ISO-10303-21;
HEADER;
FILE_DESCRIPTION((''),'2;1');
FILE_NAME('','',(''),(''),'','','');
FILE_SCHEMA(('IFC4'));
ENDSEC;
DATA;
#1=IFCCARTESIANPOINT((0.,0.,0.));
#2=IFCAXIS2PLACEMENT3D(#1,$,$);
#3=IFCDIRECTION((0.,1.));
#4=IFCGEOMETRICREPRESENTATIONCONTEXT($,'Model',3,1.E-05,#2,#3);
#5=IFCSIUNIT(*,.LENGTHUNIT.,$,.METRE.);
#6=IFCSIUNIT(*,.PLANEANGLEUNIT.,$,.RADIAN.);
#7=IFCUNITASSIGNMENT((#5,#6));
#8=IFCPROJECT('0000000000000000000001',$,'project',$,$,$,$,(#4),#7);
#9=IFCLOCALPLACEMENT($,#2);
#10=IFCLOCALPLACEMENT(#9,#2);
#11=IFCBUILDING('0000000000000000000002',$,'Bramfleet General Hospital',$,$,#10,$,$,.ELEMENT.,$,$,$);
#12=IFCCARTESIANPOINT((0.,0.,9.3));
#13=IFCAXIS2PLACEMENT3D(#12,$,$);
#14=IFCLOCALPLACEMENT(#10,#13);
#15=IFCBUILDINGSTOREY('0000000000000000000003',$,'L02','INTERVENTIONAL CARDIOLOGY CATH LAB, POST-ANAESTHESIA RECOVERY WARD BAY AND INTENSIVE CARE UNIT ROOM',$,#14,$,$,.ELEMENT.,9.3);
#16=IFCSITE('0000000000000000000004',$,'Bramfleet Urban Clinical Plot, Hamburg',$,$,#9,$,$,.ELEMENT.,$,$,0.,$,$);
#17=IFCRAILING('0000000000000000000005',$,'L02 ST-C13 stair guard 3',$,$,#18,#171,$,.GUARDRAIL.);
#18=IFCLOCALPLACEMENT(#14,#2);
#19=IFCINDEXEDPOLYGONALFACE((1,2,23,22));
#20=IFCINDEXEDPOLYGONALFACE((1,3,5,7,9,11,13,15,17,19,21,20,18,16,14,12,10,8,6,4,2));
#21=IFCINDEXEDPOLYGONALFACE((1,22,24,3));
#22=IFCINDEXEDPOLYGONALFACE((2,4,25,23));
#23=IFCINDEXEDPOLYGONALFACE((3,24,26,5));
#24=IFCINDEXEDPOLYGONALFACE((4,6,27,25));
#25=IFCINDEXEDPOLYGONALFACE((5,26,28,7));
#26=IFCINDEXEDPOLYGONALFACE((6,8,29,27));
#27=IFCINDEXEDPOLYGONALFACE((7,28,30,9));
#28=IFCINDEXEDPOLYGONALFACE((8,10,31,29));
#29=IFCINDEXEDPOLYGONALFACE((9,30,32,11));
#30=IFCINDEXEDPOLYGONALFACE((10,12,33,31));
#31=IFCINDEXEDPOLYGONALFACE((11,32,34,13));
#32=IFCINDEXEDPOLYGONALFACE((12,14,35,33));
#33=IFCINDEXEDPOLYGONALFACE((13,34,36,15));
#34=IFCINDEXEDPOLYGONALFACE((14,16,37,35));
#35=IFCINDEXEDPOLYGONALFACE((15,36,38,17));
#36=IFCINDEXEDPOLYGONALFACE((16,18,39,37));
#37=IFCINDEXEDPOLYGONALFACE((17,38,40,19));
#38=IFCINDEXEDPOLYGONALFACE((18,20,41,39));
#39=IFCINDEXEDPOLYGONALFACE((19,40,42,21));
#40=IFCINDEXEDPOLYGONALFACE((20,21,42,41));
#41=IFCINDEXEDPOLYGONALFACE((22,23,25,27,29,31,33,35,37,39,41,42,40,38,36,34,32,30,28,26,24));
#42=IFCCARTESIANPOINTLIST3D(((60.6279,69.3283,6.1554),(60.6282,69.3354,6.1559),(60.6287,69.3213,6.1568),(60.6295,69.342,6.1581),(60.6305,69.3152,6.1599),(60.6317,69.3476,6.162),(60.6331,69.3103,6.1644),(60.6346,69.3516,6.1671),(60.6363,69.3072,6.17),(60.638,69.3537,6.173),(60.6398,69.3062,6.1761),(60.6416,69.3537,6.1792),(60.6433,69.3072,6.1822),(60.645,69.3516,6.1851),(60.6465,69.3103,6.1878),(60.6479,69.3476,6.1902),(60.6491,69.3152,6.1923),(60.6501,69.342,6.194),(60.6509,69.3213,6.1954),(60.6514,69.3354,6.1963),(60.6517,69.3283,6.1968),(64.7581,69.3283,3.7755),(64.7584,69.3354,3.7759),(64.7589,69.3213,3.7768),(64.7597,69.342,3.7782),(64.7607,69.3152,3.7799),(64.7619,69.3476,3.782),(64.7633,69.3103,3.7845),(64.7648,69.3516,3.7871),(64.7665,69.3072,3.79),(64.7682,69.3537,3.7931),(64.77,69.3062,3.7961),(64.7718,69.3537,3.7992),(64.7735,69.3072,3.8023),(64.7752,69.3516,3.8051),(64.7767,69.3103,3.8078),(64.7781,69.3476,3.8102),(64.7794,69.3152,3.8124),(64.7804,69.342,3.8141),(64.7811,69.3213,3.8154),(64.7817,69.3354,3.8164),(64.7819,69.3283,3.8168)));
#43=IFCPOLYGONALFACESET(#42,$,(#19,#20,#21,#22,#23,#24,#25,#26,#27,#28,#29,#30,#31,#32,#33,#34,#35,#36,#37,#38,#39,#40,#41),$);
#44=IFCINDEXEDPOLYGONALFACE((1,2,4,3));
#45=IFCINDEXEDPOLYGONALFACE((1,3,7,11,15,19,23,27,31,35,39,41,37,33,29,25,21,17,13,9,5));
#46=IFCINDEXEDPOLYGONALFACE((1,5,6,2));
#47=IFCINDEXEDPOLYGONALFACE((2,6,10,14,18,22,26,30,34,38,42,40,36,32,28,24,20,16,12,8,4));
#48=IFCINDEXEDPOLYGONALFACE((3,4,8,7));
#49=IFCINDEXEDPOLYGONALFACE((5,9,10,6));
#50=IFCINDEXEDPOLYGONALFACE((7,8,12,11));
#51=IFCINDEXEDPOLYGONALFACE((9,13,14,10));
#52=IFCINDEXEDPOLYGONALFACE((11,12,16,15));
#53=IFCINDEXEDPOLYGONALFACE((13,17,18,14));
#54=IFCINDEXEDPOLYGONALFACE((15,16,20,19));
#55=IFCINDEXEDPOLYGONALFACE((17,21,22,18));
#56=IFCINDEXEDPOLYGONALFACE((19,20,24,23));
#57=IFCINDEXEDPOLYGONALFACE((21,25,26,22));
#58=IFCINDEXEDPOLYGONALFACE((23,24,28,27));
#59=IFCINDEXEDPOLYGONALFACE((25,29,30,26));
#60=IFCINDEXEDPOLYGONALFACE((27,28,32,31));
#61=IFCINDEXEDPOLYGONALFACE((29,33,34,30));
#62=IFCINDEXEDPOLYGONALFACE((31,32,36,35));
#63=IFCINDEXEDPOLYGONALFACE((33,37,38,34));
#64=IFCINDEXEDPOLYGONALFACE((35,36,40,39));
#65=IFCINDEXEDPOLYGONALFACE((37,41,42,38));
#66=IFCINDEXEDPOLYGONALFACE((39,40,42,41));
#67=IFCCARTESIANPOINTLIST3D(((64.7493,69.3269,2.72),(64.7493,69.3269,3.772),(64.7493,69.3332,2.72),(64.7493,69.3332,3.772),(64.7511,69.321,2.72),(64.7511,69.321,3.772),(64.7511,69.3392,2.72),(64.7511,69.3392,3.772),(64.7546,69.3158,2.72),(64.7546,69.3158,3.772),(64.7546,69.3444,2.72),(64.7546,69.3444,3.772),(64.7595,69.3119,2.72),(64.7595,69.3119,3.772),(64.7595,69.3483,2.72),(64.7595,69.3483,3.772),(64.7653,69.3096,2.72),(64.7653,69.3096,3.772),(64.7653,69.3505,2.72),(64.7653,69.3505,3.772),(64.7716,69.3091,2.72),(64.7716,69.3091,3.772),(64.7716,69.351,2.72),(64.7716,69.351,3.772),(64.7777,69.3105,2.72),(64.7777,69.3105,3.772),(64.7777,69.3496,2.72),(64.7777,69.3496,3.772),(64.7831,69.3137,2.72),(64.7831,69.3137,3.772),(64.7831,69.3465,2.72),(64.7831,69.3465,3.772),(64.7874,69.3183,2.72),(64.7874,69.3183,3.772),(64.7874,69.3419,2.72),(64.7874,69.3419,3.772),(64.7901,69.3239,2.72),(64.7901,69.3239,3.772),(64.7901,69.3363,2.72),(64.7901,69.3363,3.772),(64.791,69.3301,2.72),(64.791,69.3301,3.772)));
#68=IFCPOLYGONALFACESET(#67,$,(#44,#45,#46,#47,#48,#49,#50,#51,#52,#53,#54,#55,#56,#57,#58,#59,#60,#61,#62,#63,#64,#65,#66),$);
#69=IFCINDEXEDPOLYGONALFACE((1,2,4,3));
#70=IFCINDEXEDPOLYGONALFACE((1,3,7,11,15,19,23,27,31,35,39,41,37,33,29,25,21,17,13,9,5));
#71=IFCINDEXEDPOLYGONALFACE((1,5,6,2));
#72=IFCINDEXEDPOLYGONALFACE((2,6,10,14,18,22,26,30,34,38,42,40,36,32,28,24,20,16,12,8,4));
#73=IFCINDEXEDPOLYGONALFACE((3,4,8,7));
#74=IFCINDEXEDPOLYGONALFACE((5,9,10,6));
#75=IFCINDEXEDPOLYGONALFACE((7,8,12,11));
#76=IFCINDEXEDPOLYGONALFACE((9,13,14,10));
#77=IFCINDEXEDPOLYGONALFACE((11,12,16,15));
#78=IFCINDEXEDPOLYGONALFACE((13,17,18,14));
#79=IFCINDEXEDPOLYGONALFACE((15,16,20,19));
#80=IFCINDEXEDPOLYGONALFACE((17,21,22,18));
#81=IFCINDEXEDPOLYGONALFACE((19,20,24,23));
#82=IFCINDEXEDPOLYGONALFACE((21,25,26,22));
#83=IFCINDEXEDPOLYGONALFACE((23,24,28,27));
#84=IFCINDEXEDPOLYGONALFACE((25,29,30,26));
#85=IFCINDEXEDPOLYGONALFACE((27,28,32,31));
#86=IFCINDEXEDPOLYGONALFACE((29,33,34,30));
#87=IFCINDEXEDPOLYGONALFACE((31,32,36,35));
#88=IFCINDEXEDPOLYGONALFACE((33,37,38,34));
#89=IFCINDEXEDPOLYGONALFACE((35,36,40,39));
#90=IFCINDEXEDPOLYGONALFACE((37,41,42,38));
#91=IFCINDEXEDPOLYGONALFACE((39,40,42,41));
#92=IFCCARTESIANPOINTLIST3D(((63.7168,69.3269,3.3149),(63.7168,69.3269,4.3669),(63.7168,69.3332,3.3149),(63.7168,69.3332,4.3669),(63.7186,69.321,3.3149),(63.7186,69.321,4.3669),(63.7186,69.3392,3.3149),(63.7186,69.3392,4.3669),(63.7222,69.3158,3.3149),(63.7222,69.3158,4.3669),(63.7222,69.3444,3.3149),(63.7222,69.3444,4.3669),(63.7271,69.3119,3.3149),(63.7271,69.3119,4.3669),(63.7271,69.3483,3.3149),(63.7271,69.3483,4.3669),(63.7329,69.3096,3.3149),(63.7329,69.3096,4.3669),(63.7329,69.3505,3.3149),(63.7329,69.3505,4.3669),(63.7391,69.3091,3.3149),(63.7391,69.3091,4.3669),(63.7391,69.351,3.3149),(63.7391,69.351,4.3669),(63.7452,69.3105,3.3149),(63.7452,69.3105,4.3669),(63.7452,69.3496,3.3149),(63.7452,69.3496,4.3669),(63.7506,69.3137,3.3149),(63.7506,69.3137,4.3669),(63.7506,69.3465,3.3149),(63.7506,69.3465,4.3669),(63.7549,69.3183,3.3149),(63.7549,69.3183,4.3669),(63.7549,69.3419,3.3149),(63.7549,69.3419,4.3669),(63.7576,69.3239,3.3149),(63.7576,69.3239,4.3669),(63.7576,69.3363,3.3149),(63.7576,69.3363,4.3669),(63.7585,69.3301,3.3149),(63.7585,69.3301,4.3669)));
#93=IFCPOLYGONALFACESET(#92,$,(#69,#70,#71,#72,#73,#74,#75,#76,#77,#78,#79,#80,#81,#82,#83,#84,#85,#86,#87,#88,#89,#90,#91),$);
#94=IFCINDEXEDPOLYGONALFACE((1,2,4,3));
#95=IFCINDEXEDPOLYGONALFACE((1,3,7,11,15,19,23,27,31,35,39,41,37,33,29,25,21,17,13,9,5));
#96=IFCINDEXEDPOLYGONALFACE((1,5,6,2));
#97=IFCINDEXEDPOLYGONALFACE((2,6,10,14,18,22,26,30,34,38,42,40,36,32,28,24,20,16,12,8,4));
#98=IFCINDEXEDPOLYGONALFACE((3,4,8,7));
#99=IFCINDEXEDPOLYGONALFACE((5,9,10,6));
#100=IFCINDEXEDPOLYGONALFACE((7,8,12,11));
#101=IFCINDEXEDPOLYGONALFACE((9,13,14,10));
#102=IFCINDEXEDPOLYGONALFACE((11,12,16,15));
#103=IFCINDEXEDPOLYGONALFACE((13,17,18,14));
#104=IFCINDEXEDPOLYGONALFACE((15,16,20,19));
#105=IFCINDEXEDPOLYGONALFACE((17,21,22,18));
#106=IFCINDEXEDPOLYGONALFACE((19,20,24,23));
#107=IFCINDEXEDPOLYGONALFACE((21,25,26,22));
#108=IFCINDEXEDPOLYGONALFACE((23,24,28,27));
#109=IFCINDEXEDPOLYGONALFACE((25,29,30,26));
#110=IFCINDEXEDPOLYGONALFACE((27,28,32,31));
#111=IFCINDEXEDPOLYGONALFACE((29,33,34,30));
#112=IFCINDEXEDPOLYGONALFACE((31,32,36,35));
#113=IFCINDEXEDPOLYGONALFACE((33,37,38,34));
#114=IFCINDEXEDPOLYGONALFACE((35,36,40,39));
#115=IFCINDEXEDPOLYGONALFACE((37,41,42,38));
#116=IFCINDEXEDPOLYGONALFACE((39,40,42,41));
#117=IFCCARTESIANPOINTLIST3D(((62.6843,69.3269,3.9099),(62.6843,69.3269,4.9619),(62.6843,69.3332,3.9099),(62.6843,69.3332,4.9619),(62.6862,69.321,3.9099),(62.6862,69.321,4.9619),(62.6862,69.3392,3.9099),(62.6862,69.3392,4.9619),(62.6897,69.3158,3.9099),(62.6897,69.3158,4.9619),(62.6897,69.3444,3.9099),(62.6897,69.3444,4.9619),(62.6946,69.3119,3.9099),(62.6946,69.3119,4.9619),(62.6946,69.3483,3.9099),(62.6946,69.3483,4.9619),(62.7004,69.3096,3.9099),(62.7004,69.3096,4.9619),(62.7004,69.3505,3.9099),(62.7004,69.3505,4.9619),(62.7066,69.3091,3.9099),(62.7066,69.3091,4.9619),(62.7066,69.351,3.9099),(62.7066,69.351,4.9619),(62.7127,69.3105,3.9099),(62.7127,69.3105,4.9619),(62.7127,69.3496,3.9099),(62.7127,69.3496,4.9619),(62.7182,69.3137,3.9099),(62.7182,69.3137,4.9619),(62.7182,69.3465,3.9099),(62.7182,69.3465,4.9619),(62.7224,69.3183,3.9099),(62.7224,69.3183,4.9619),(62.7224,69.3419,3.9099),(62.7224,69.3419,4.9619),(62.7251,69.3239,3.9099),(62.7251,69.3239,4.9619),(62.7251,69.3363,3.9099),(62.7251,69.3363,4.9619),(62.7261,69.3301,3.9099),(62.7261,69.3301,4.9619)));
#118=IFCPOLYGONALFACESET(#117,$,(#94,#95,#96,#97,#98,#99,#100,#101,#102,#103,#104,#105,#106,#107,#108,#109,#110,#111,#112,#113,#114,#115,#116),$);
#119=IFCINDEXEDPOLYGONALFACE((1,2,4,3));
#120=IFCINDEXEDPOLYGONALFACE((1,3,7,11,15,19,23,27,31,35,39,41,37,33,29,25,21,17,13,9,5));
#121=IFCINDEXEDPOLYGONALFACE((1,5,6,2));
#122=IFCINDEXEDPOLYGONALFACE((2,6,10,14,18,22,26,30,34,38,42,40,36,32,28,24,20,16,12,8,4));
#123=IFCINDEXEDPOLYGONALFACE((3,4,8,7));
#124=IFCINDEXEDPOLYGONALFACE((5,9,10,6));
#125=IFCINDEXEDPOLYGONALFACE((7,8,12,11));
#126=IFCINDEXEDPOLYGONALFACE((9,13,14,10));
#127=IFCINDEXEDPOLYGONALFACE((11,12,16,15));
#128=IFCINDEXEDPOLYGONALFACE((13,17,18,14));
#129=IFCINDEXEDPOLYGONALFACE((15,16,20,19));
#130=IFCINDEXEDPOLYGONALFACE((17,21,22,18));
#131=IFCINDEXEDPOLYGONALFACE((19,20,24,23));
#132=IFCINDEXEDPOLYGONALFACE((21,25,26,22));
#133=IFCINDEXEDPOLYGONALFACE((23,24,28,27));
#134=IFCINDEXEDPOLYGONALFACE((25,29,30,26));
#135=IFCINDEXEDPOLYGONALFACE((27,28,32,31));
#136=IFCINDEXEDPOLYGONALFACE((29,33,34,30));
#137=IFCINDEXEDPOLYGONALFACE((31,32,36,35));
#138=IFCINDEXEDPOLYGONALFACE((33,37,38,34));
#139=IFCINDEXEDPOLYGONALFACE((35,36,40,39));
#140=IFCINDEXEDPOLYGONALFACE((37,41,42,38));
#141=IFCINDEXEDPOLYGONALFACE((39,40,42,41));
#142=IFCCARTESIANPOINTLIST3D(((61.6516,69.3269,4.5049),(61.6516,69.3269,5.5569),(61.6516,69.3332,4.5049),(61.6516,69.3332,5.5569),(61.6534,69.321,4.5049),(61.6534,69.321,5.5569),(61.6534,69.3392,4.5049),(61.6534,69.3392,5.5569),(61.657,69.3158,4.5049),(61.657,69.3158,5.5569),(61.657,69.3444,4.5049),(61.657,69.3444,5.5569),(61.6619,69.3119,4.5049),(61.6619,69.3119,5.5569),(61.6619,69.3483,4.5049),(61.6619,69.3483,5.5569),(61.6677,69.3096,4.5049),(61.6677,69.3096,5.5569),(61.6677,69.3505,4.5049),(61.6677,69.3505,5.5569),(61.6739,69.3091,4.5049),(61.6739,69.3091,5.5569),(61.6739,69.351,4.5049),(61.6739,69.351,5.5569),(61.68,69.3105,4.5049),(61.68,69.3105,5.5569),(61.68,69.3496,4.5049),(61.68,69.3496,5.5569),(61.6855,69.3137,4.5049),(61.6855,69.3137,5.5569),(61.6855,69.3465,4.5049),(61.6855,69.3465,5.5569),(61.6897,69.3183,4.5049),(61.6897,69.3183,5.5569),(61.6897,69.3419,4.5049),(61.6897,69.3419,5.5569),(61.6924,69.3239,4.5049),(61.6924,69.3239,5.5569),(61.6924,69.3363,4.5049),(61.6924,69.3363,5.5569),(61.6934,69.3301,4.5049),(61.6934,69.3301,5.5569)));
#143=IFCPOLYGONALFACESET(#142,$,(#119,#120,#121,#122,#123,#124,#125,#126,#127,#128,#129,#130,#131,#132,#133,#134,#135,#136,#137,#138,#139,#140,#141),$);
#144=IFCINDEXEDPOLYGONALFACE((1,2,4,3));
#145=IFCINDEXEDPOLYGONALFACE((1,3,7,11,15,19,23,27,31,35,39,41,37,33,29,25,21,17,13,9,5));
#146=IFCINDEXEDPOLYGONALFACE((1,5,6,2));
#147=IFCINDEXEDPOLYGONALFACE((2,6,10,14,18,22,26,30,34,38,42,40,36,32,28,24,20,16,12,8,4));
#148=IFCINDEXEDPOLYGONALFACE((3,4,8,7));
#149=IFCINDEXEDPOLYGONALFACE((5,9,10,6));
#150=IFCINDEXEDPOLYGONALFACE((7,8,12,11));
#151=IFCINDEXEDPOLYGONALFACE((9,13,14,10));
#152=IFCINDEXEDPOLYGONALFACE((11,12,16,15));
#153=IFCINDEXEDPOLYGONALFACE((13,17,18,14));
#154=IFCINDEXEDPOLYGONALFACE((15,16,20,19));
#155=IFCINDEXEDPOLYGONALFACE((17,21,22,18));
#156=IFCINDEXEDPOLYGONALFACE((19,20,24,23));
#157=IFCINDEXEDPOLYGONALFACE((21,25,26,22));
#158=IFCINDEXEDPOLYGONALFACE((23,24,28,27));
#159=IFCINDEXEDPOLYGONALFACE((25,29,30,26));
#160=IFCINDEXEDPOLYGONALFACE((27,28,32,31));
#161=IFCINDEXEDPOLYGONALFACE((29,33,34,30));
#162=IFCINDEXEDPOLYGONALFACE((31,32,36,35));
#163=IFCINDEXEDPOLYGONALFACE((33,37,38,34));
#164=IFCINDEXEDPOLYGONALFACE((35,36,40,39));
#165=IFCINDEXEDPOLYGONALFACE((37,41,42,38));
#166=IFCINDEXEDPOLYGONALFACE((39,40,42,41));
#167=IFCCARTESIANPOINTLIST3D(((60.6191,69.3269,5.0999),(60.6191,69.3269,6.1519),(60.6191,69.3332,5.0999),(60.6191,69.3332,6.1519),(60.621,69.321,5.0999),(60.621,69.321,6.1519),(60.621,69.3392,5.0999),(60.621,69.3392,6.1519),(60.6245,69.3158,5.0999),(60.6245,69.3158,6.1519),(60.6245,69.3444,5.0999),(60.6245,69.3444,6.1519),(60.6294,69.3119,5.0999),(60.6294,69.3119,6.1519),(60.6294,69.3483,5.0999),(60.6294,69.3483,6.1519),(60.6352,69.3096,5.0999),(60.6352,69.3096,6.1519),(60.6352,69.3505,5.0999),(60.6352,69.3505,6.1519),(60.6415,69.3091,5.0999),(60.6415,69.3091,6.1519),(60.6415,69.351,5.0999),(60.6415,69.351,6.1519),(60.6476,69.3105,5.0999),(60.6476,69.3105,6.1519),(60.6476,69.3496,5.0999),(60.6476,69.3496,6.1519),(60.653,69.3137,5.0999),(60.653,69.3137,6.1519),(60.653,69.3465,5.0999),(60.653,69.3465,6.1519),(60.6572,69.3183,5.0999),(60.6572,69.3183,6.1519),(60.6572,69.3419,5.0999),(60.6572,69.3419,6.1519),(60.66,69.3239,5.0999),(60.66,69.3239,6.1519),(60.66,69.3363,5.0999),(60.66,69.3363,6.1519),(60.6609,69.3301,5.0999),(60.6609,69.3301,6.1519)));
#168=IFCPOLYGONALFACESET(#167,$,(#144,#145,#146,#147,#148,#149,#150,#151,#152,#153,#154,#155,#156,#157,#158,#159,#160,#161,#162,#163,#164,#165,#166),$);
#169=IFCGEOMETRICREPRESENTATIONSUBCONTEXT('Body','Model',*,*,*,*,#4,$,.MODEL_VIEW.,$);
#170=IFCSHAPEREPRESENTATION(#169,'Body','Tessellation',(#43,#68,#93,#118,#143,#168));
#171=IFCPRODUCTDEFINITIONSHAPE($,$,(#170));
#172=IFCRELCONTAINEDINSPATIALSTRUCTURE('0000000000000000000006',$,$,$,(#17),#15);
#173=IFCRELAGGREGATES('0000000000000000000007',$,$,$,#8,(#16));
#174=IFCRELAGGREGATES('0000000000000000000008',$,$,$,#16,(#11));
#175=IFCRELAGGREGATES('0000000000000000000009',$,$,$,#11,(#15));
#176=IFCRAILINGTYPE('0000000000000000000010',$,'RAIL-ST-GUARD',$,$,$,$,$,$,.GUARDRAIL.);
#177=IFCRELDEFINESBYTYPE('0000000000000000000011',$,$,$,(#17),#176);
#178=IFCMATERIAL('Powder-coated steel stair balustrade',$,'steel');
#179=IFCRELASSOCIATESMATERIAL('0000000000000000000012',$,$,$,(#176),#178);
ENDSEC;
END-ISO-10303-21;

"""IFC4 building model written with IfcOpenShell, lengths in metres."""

from ifc_helpers import new_model, si_unit, direction, frame, origin, origin_2d, place, context, subcontext, project, spatial, circle, extrude, material, type_object, element, save


model = new_model("IFC4")

# Units and contexts
model_context = context("Model", 3, precision=1e-05, world=origin(), true_north=direction((0.0, 1.0)))
body_context = subcontext(model_context, "Body", "Model", "MODEL_VIEW")
ifc_project = project(units=[si_unit("LENGTHUNIT", "METRE"), si_unit("PLANEANGLEUNIT", "RADIAN")], contexts=[model_context])

# Site, building, storey
site_placement = place(None, origin())
site = spatial("IfcSite", under=ifc_project, at=site_placement, Name="Bramfleet Urban Clinical Plot, Hamburg", CompositionType="ELEMENT", RefElevation=0.0)
building_placement = place(site_placement, origin())
building = spatial("IfcBuilding", under=site, at=building_placement, Name="Bramfleet General Hospital", CompositionType="ELEMENT")
storey_placement = place(building_placement, frame((0.0, 0.0, 9.3)))
storey = spatial("IfcBuildingStorey", under=building, at=storey_placement, Name="L02", Description="INTERVENTIONAL CARDIOLOGY CATH LAB, POST-ANAESTHESIA RECOVERY WARD BAY AND INTENSIVE CARE UNIT ROOM", CompositionType="ELEMENT", Elevation=9.3)

# Railing
ifc_material_1 = material(Name="Powder-coated steel stair balustrade", Category="steel")
railing_type_1 = type_object("IfcRailingType", Name="RAIL-ST-GUARD", PredefinedType="GUARDRAIL", material=ifc_material_1)
railing_1_placement = place(storey_placement, frame((64.77, 69.3301, 2.72)))
element("IfcRailing", 1, at=railing_1_placement, inside=storey, type_object=railing_type_1, Name="L02 ST-C13 stair guard 3", PredefinedType="GUARDRAIL", context=body_context, shape_type="SweptSolid", body=[
    extrude(circle(Radius=0.0239, at=origin_2d()), frame((0.0, 0.0, 1.0762), z_axis=(-0.866447, 0.0, 0.499269), x_axis=(0.0, -1.0, 0.0)), (0.0, 0.0, 1.0), 4.7668),
    extrude(circle(Radius=0.021, at=origin_2d()), origin(), (0.0, 0.0, 1.0), 1.052),
    extrude(circle(Radius=0.021, at=origin_2d()), frame((-1.0325, 0.0, 0.595)), (0.0, 0.0, 1.0), 1.052),
    extrude(circle(Radius=0.021, at=origin_2d()), frame((-2.0649, 0.0, 1.1899)), (0.0, 0.0, 1.0), 1.052),
    extrude(circle(Radius=0.021, at=origin_2d()), frame((-3.0977, 0.0, 1.7849)), (0.0, 0.0, 1.0), 1.052),
    extrude(circle(Radius=0.021, at=origin_2d()), frame((-4.1301, 0.0, 2.3799)), (0.0, 0.0, 1.0), 1.052),
])

save(model, "model.ifc")
